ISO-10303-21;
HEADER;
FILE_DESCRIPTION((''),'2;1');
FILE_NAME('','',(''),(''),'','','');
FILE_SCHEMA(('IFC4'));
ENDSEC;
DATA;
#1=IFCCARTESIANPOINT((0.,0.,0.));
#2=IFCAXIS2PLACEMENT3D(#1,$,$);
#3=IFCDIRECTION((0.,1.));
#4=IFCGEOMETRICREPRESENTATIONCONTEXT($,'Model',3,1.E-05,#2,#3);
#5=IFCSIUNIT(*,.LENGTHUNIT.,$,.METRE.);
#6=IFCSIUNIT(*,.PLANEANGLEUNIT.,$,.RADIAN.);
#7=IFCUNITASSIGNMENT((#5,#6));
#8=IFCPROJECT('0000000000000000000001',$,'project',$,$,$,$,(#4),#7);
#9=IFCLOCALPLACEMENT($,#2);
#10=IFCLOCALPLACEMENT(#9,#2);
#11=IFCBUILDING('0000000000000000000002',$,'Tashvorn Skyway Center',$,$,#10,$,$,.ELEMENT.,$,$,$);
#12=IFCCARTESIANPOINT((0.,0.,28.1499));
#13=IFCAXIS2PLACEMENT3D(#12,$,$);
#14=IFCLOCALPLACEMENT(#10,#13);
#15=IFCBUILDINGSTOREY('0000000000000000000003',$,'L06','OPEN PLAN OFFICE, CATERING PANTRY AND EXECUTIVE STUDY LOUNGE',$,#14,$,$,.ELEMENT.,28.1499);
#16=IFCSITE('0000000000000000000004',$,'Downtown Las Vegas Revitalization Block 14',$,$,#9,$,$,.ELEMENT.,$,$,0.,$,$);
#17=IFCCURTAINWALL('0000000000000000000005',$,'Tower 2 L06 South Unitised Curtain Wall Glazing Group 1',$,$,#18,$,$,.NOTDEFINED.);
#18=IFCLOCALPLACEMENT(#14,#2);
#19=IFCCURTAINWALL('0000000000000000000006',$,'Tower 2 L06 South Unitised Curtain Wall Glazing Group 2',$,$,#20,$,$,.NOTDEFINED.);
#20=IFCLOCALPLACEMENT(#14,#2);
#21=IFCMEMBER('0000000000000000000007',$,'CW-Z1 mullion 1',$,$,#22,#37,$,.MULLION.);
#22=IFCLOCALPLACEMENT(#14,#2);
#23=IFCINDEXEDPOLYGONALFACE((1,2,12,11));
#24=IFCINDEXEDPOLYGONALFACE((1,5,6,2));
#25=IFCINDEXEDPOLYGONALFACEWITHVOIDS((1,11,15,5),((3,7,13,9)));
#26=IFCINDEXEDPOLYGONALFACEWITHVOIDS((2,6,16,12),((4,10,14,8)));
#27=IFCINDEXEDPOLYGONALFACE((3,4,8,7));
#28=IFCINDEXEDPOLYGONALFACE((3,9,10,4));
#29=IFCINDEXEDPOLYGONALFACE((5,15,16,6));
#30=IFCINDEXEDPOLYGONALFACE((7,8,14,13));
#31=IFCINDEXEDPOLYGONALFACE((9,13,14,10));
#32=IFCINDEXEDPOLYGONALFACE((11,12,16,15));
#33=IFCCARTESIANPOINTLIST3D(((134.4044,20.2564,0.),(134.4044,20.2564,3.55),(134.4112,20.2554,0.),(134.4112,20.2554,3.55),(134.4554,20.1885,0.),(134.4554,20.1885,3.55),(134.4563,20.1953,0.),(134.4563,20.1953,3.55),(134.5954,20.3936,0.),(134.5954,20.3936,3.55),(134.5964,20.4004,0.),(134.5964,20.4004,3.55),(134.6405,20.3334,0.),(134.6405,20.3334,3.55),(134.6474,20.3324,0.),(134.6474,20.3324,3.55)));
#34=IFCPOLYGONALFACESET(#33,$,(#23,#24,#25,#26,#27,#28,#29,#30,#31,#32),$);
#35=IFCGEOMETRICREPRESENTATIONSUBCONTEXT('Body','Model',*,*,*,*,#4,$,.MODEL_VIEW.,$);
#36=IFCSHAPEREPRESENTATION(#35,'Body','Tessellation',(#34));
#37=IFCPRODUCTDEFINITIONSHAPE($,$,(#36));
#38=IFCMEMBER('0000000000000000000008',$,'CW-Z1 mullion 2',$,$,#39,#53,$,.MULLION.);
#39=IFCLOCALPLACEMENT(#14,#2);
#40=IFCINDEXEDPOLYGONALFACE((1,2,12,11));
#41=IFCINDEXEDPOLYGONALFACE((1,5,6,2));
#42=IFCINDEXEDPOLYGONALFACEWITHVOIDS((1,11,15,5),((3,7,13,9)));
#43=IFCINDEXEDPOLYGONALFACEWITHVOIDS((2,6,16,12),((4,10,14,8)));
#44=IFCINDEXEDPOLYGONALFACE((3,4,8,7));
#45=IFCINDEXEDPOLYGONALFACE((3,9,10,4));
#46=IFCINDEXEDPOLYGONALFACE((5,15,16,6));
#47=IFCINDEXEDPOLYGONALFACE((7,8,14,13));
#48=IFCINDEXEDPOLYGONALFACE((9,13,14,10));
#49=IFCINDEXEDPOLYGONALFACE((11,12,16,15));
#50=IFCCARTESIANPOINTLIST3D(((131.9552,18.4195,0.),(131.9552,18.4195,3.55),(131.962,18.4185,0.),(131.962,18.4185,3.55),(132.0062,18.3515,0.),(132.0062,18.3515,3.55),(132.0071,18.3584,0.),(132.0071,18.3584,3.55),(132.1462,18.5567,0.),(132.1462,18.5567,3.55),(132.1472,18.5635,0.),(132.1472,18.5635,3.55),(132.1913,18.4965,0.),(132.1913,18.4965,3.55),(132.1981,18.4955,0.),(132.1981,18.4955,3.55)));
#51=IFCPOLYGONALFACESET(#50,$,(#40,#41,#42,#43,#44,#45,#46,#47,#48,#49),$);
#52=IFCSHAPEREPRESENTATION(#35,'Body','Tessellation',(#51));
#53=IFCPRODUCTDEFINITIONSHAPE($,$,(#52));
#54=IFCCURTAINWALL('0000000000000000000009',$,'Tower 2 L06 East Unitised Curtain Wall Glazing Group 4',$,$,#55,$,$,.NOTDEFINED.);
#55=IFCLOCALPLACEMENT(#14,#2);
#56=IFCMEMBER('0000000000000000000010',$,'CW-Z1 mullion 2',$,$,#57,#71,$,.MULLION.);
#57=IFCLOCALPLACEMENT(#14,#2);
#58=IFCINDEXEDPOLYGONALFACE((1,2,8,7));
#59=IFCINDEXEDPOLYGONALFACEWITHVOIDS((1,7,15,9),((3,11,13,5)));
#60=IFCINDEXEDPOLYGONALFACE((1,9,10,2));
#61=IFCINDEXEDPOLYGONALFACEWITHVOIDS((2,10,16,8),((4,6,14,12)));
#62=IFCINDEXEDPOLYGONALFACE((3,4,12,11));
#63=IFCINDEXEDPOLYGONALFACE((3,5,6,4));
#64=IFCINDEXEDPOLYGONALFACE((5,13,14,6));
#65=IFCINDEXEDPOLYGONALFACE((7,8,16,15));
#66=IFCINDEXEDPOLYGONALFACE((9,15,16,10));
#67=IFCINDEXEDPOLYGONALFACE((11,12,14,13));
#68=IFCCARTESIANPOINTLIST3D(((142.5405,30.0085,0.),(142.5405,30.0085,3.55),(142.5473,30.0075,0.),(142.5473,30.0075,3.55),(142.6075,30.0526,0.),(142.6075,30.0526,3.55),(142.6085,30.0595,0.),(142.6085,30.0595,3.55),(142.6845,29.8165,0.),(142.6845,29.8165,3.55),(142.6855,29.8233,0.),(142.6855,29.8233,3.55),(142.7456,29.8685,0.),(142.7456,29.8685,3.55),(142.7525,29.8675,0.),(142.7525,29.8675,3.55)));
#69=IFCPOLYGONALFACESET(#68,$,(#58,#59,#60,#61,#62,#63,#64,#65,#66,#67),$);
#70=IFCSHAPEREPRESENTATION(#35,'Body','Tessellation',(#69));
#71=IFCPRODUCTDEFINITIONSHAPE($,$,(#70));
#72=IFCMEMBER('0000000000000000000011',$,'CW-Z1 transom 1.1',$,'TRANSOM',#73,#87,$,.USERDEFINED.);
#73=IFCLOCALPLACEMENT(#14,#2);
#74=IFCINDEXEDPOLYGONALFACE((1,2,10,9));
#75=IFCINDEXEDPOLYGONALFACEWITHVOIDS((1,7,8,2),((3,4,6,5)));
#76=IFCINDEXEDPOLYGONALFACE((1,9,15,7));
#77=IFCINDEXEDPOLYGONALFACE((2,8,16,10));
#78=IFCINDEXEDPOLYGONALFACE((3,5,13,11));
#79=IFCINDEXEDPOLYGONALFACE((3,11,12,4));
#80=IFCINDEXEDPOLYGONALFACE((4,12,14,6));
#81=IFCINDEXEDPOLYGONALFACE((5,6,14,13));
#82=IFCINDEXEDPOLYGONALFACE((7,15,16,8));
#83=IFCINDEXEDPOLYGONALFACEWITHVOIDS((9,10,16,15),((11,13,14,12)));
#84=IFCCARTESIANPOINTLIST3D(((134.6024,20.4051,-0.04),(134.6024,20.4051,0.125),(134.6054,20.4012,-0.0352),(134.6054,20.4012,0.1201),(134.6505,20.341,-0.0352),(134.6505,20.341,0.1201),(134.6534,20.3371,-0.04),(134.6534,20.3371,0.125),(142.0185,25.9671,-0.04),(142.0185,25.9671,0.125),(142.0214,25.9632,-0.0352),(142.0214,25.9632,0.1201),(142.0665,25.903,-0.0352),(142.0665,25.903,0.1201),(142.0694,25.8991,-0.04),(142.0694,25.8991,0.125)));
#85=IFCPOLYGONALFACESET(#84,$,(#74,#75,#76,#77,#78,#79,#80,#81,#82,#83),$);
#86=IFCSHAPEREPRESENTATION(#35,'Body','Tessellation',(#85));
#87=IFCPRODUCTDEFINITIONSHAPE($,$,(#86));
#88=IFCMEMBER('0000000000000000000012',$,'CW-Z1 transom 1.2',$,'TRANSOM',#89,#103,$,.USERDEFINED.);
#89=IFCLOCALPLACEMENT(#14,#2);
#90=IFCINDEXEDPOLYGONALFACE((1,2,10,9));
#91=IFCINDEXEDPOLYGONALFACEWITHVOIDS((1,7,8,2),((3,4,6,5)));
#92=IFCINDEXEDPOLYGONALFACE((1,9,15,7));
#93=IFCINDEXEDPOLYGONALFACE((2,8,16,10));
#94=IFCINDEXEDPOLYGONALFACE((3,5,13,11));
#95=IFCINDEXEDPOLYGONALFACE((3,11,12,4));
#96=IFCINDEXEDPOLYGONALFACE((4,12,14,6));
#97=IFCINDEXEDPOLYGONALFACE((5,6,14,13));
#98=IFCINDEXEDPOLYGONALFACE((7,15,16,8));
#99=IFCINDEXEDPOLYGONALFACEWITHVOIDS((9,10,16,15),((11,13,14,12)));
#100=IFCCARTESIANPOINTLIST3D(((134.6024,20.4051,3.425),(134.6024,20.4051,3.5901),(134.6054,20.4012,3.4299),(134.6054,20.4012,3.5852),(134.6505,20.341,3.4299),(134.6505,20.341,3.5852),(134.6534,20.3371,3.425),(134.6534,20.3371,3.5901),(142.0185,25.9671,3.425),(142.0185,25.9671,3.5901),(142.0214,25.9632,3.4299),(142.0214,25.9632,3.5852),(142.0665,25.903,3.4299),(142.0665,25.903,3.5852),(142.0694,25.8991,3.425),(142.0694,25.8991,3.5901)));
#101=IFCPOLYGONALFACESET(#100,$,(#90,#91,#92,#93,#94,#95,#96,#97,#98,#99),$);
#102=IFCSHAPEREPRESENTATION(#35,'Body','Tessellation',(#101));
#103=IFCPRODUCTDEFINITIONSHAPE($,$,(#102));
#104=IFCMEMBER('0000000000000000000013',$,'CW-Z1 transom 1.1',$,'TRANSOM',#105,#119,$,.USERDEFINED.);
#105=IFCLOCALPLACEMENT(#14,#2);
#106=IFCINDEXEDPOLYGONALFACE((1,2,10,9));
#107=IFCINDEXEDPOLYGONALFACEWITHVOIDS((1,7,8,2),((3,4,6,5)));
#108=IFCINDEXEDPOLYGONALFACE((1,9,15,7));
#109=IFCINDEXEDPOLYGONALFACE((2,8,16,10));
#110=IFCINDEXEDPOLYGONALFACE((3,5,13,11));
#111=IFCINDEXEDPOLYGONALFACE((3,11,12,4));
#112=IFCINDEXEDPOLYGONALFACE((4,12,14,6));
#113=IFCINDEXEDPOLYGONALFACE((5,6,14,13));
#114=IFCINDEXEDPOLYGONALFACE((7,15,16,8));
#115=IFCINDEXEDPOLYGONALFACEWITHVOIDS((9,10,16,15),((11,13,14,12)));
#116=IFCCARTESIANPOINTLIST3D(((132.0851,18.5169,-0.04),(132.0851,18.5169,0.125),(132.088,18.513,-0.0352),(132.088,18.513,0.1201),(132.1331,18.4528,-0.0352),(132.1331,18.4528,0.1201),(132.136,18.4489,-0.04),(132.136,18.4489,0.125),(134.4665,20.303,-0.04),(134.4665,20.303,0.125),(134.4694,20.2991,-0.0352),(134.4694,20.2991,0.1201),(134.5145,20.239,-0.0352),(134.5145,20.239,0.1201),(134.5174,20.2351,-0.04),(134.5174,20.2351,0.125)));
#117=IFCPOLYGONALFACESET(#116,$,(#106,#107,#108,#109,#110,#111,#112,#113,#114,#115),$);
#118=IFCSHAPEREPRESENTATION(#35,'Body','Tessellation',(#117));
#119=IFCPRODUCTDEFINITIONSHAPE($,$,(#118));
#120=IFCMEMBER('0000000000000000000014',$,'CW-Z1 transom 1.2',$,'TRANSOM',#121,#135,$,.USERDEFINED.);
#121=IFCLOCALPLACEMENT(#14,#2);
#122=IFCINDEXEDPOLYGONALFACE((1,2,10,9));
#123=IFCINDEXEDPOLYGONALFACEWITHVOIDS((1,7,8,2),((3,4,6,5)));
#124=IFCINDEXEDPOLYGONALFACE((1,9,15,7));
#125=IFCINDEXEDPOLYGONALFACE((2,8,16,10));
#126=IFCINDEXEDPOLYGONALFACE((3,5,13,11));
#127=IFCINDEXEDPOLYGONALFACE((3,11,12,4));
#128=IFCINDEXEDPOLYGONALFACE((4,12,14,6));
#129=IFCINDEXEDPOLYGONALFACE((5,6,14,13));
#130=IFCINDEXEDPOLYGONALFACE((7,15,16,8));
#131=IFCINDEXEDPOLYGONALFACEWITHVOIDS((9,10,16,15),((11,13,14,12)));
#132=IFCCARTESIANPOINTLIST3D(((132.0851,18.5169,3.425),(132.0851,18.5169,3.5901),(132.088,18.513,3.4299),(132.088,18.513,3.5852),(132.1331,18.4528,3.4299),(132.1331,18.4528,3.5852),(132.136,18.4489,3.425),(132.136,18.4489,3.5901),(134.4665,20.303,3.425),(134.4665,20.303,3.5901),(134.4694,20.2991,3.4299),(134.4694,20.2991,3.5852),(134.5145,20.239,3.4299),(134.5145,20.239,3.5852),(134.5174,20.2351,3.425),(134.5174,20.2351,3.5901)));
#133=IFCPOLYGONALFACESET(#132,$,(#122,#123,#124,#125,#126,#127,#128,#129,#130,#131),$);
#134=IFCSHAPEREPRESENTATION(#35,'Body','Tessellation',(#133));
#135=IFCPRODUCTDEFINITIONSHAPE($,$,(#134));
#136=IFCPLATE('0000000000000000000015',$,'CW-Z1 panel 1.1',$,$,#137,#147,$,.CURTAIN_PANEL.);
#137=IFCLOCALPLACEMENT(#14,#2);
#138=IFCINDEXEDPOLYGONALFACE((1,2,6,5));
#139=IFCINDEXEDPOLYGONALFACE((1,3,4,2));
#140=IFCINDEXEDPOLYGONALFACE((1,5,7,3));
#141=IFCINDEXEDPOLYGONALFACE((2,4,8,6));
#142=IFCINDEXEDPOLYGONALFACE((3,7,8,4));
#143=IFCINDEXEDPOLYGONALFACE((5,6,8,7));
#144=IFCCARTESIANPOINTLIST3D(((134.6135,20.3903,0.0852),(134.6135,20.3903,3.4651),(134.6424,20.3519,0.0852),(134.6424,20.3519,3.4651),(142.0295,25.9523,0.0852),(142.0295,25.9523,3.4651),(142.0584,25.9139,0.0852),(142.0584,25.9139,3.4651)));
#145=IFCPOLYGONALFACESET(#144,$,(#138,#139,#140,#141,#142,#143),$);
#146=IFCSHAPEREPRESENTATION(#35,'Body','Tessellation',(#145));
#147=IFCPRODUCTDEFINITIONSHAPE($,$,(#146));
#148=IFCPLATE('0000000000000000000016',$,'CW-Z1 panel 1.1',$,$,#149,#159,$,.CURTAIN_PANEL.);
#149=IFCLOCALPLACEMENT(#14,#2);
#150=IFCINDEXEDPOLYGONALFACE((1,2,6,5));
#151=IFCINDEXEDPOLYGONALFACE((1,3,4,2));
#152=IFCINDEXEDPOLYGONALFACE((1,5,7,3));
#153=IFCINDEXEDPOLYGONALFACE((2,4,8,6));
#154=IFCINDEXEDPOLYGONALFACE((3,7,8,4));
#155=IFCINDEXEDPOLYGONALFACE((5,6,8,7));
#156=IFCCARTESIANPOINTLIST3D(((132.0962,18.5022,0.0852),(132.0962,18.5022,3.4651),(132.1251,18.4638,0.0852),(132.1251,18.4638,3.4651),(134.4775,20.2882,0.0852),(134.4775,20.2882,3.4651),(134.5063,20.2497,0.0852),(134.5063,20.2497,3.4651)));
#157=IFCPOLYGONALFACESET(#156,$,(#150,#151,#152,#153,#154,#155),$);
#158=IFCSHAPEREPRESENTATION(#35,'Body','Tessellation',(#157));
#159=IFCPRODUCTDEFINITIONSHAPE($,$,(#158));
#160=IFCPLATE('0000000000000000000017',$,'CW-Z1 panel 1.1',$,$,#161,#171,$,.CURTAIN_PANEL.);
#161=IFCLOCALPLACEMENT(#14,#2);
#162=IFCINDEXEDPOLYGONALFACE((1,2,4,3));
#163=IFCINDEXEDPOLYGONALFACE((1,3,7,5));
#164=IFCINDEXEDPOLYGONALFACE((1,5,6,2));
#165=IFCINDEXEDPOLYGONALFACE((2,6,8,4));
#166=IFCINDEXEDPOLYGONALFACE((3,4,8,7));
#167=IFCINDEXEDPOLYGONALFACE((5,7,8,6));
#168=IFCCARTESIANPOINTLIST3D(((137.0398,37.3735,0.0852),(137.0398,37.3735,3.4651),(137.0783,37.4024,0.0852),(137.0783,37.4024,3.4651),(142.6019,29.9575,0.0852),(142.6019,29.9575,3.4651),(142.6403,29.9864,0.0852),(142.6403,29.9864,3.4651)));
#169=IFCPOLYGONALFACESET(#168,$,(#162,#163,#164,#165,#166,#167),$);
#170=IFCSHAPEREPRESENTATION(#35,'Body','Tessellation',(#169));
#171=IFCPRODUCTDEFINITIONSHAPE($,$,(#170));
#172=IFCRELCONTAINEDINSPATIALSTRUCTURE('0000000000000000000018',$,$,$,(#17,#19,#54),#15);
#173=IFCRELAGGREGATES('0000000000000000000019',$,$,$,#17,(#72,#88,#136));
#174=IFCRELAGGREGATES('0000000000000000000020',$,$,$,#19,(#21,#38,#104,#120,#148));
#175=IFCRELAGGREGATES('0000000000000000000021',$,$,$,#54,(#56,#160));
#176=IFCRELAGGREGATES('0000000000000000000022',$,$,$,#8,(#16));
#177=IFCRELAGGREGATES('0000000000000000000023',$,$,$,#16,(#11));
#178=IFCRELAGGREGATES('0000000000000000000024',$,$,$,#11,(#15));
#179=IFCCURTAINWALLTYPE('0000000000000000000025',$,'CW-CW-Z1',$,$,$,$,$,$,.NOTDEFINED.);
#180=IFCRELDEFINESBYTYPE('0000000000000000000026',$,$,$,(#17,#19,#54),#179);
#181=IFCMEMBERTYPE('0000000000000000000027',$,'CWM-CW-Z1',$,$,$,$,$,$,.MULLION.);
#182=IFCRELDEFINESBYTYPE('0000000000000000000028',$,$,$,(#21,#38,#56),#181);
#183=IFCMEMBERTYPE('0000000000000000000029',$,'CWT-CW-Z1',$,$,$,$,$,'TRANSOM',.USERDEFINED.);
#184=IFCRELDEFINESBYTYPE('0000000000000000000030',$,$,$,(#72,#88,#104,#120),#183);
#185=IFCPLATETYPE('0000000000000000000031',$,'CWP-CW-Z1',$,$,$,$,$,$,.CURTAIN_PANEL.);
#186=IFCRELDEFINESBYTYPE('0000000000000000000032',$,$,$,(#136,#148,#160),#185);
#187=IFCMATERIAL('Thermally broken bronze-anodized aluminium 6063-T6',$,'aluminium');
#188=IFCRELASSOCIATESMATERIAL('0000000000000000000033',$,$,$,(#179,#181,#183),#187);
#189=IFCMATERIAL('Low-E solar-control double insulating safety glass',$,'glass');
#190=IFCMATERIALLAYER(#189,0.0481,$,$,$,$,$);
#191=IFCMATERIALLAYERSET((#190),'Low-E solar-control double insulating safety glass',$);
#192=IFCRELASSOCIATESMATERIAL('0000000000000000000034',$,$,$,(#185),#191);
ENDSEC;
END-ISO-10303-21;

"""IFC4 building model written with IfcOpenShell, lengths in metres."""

from ifc_helpers import new_model, si_unit, direction, frame, origin, origin_2d, place, context, subcontext, project, spatial, rectangle, hollow_rectangle, extrude, material, layer, layer_set, material_profile, profile_set, type_object, element, aggregate, save


model = new_model("IFC4")

# Units and contexts
model_context = context("Model", 3, precision=1e-05, world=origin(), true_north=direction((0.0, 1.0)))
body_context = subcontext(model_context, "Body", "Model", "MODEL_VIEW")
ifc_project = project(units=[si_unit("LENGTHUNIT", "METRE"), si_unit("PLANEANGLEUNIT", "RADIAN")], contexts=[model_context])

# Site, building, storey
site_placement = place(None, origin())
site = spatial("IfcSite", under=ifc_project, at=site_placement, Name="Downtown Las Vegas Revitalization Block 14", CompositionType="ELEMENT", RefElevation=0.0)
building_placement = place(site_placement, origin())
building = spatial("IfcBuilding", under=site, at=building_placement, Name="Tashvorn Skyway Center", CompositionType="ELEMENT")
storey_placement = place(building_placement, frame((0.0, 0.0, 28.1499)))
storey = spatial("IfcBuildingStorey", under=building, at=storey_placement, Name="L06", Description="OPEN PLAN OFFICE, CATERING PANTRY AND EXECUTIVE STUDY LOUNGE", CompositionType="ELEMENT", Elevation=28.1499)

# Curtain walls, members
ifc_material_1 = material(Name="Thermally broken bronze-anodized aluminium 6063-T6", Category="aluminium")
curtain_wall_type = type_object("IfcCurtainWallType", Name="CW-CW-Z1", PredefinedType="NOTDEFINED", material=ifc_material_1)
curtain_wall_1_placement = place(storey_placement, origin())
curtain_wall_1 = element("IfcCurtainWall", 1, at=curtain_wall_1_placement, inside=storey, type_object=curtain_wall_type, Name="Tower 2 L06 South Unitised Curtain Wall Glazing Group 1", PredefinedType="NOTDEFINED")
ifc_material_profile_1 = material_profile(ifc_material_1, hollow_rectangle(XDim=0.085, YDim=0.24, WallThickness=0.0049, at=origin_2d()), Name="ALU-MULL-85x240")
ifc_profile_set_1 = profile_set([ifc_material_profile_1], Name="Thermally broken bronze-anodized aluminium 6063-T6")
member_type_1 = type_object("IfcMemberType", Name="CWM-CW-Z1", PredefinedType="MULLION", material=ifc_profile_set_1)
curtain_wall_2_placement = place(storey_placement, origin())
curtain_wall_2 = element("IfcCurtainWall", 2, at=curtain_wall_2_placement, inside=storey, type_object=curtain_wall_type, Name="Tower 2 L06 South Unitised Curtain Wall Glazing Group 2", PredefinedType="NOTDEFINED")
member_1_placement = place(storey_placement, frame((134.5259, 20.2944, 0.0), z_axis=(0.0, 0.0, 1.0), x_axis=(0.600005, -0.799996, 0.0)))
member_1 = element("IfcMember", 3, at=member_1_placement, type_object=member_type_1, Name="CW-Z1 mullion 1", PredefinedType="MULLION", context=body_context, shape_type="SweptSolid", body=[
    extrude(hollow_rectangle(XDim=0.085, YDim=0.24, WallThickness=0.0049, at=origin_2d()), origin(), (0.0, 0.0, 1.0), 3.55),
])
member_2_placement = place(storey_placement, frame((132.0767, 18.4575, 0.0), z_axis=(0.0, 0.0, 1.0), x_axis=(0.600005, -0.799996, 0.0)))
member_2 = element("IfcMember", 4, at=member_2_placement, type_object=member_type_1, Name="CW-Z1 mullion 2", PredefinedType="MULLION", context=body_context, shape_type="SweptSolid", body=[
    extrude(hollow_rectangle(XDim=0.085, YDim=0.24, WallThickness=0.0049, at=origin_2d()), origin(), (0.0, 0.0, 1.0), 3.55),
])

# Curtain wall, member
curtain_wall_3_placement = place(storey_placement, origin())
curtain_wall_3 = element("IfcCurtainWall", 5, at=curtain_wall_3_placement, inside=storey, type_object=curtain_wall_type, Name="Tower 2 L06 East Unitised Curtain Wall Glazing Group 4", PredefinedType="NOTDEFINED")
member_3_placement = place(storey_placement, frame((142.6465, 29.938, 0.0), z_axis=(0.0, 0.0, 1.0), x_axis=(0.8, 0.6, 0.0)))
member_3 = element("IfcMember", 6, at=member_3_placement, type_object=member_type_1, Name="CW-Z1 mullion 2", PredefinedType="MULLION", context=body_context, shape_type="SweptSolid", body=[
    extrude(hollow_rectangle(XDim=0.085, YDim=0.24, WallThickness=0.0049, at=origin_2d()), origin(), (0.0, 0.0, 1.0), 3.55),
])

# Members
ifc_material_profile_2 = material_profile(ifc_material_1, hollow_rectangle(XDim=0.085, YDim=0.165, WallThickness=0.0049, at=origin_2d()), Name="ALU-TRAN-85x165")
ifc_profile_set_2 = profile_set([ifc_material_profile_2], Name="Thermally broken bronze-anodized aluminium 6063-T6")
member_type_2 = type_object("IfcMemberType", Name="CWT-CW-Z1", ElementType="TRANSOM", PredefinedType="USERDEFINED", material=ifc_profile_set_2)
member_4_placement = place(storey_placement, frame((142.0439, 25.9331, 0.0425), z_axis=(-0.8, -0.6, 0.0), x_axis=(0.6, -0.8, 0.0)))
member_4 = element("IfcMember", 7, at=member_4_placement, type_object=member_type_2, Name="CW-Z1 transom 1.1", ObjectType="TRANSOM", PredefinedType="USERDEFINED", context=body_context, shape_type="SweptSolid", body=[
    extrude(hollow_rectangle(XDim=0.085, YDim=0.165, WallThickness=0.0049, at=origin_2d()), origin(), (0.0, 0.0, 1.0), 9.27),
])
member_5_placement = place(storey_placement, frame((142.0439, 25.9331, 3.5076), z_axis=(-0.8, -0.6, 0.0), x_axis=(0.6, -0.8, 0.0)))
member_5 = element("IfcMember", 8, at=member_5_placement, type_object=member_type_2, Name="CW-Z1 transom 1.2", ObjectType="TRANSOM", PredefinedType="USERDEFINED", context=body_context, shape_type="SweptSolid", body=[
    extrude(hollow_rectangle(XDim=0.085, YDim=0.165, WallThickness=0.0049, at=origin_2d()), origin(), (0.0, 0.0, 1.0), 9.27),
])
member_6_placement = place(storey_placement, frame((134.4919, 20.269, 0.0425), z_axis=(-0.79998, -0.600026, 0.0), x_axis=(0.600026, -0.79998, 0.0)))
member_6 = element("IfcMember", 9, at=member_6_placement, type_object=member_type_2, Name="CW-Z1 transom 1.1", ObjectType="TRANSOM", PredefinedType="USERDEFINED", context=body_context, shape_type="SweptSolid", body=[
    extrude(hollow_rectangle(XDim=0.085, YDim=0.165, WallThickness=0.0049, at=origin_2d()), origin(), (0.0, 0.0, 1.0), 2.9768),
])
member_7_placement = place(storey_placement, frame((134.4919, 20.269, 3.5076), z_axis=(-0.79998, -0.600026, 0.0), x_axis=(0.600026, -0.79998, 0.0)))
member_7 = element("IfcMember", 10, at=member_7_placement, type_object=member_type_2, Name="CW-Z1 transom 1.2", ObjectType="TRANSOM", PredefinedType="USERDEFINED", context=body_context, shape_type="SweptSolid", body=[
    extrude(hollow_rectangle(XDim=0.085, YDim=0.165, WallThickness=0.0049, at=origin_2d()), origin(), (0.0, 0.0, 1.0), 2.9768),
])

# Plates
ifc_material_2 = material(Name="Low-E solar-control double insulating safety glass", Category="glass")
ifc_layer_1 = layer(ifc_material_2, 0.0481)
ifc_layer_set_1 = layer_set([ifc_layer_1], Name="Low-E solar-control double insulating safety glass")
plate_type = type_object("IfcPlateType", Name="CWP-CW-Z1", PredefinedType="CURTAIN_PANEL", material=ifc_layer_set_1)
plate_1_placement = place(storey_placement, frame((138.3359, 23.1521, 0.0852), z_axis=(0.0, 0.0, 1.0), x_axis=(-0.8, -0.6, 0.0)))
plate_1 = element("IfcPlate", 11, at=plate_1_placement, type_object=plate_type, Name="CW-Z1 panel 1.1", PredefinedType="CURTAIN_PANEL", context=body_context, shape_type="SweptSolid", body=[
    extrude(rectangle(XDim=9.27, YDim=0.0481, at=origin_2d()), origin(), (0.0, 0.0, 1.0), 3.3799),
])
aggregate(curtain_wall_1, [member_4, member_5, plate_1])
plate_2_placement = place(storey_placement, frame((133.3013, 19.376, 0.0852), z_axis=(0.0, 0.0, 1.0), x_axis=(-0.799996, -0.600005, 0.0)))
plate_2 = element("IfcPlate", 12, at=plate_2_placement, type_object=plate_type, Name="CW-Z1 panel 1.1", PredefinedType="CURTAIN_PANEL", context=body_context, shape_type="SweptSolid", body=[
    extrude(rectangle(XDim=2.9766, YDim=0.0481, at=origin_2d()), origin(), (0.0, 0.0, 1.0), 3.3799),
])
aggregate(curtain_wall_2, [member_1, member_2, member_6, member_7, plate_2])
plate_3_placement = place(storey_placement, frame((139.8401, 33.6799, 0.0852), z_axis=(0.0, 0.0, 1.0), x_axis=(0.6, -0.8, 0.0)))
plate_3 = element("IfcPlate", 13, at=plate_3_placement, type_object=plate_type, Name="CW-Z1 panel 1.1", PredefinedType="CURTAIN_PANEL", context=body_context, shape_type="SweptSolid", body=[
    extrude(rectangle(XDim=9.27, YDim=0.0481, at=origin_2d()), origin(), (0.0, 0.0, 1.0), 3.3799),
])
aggregate(curtain_wall_3, [member_3, plate_3])

save(model, "model.ifc")
